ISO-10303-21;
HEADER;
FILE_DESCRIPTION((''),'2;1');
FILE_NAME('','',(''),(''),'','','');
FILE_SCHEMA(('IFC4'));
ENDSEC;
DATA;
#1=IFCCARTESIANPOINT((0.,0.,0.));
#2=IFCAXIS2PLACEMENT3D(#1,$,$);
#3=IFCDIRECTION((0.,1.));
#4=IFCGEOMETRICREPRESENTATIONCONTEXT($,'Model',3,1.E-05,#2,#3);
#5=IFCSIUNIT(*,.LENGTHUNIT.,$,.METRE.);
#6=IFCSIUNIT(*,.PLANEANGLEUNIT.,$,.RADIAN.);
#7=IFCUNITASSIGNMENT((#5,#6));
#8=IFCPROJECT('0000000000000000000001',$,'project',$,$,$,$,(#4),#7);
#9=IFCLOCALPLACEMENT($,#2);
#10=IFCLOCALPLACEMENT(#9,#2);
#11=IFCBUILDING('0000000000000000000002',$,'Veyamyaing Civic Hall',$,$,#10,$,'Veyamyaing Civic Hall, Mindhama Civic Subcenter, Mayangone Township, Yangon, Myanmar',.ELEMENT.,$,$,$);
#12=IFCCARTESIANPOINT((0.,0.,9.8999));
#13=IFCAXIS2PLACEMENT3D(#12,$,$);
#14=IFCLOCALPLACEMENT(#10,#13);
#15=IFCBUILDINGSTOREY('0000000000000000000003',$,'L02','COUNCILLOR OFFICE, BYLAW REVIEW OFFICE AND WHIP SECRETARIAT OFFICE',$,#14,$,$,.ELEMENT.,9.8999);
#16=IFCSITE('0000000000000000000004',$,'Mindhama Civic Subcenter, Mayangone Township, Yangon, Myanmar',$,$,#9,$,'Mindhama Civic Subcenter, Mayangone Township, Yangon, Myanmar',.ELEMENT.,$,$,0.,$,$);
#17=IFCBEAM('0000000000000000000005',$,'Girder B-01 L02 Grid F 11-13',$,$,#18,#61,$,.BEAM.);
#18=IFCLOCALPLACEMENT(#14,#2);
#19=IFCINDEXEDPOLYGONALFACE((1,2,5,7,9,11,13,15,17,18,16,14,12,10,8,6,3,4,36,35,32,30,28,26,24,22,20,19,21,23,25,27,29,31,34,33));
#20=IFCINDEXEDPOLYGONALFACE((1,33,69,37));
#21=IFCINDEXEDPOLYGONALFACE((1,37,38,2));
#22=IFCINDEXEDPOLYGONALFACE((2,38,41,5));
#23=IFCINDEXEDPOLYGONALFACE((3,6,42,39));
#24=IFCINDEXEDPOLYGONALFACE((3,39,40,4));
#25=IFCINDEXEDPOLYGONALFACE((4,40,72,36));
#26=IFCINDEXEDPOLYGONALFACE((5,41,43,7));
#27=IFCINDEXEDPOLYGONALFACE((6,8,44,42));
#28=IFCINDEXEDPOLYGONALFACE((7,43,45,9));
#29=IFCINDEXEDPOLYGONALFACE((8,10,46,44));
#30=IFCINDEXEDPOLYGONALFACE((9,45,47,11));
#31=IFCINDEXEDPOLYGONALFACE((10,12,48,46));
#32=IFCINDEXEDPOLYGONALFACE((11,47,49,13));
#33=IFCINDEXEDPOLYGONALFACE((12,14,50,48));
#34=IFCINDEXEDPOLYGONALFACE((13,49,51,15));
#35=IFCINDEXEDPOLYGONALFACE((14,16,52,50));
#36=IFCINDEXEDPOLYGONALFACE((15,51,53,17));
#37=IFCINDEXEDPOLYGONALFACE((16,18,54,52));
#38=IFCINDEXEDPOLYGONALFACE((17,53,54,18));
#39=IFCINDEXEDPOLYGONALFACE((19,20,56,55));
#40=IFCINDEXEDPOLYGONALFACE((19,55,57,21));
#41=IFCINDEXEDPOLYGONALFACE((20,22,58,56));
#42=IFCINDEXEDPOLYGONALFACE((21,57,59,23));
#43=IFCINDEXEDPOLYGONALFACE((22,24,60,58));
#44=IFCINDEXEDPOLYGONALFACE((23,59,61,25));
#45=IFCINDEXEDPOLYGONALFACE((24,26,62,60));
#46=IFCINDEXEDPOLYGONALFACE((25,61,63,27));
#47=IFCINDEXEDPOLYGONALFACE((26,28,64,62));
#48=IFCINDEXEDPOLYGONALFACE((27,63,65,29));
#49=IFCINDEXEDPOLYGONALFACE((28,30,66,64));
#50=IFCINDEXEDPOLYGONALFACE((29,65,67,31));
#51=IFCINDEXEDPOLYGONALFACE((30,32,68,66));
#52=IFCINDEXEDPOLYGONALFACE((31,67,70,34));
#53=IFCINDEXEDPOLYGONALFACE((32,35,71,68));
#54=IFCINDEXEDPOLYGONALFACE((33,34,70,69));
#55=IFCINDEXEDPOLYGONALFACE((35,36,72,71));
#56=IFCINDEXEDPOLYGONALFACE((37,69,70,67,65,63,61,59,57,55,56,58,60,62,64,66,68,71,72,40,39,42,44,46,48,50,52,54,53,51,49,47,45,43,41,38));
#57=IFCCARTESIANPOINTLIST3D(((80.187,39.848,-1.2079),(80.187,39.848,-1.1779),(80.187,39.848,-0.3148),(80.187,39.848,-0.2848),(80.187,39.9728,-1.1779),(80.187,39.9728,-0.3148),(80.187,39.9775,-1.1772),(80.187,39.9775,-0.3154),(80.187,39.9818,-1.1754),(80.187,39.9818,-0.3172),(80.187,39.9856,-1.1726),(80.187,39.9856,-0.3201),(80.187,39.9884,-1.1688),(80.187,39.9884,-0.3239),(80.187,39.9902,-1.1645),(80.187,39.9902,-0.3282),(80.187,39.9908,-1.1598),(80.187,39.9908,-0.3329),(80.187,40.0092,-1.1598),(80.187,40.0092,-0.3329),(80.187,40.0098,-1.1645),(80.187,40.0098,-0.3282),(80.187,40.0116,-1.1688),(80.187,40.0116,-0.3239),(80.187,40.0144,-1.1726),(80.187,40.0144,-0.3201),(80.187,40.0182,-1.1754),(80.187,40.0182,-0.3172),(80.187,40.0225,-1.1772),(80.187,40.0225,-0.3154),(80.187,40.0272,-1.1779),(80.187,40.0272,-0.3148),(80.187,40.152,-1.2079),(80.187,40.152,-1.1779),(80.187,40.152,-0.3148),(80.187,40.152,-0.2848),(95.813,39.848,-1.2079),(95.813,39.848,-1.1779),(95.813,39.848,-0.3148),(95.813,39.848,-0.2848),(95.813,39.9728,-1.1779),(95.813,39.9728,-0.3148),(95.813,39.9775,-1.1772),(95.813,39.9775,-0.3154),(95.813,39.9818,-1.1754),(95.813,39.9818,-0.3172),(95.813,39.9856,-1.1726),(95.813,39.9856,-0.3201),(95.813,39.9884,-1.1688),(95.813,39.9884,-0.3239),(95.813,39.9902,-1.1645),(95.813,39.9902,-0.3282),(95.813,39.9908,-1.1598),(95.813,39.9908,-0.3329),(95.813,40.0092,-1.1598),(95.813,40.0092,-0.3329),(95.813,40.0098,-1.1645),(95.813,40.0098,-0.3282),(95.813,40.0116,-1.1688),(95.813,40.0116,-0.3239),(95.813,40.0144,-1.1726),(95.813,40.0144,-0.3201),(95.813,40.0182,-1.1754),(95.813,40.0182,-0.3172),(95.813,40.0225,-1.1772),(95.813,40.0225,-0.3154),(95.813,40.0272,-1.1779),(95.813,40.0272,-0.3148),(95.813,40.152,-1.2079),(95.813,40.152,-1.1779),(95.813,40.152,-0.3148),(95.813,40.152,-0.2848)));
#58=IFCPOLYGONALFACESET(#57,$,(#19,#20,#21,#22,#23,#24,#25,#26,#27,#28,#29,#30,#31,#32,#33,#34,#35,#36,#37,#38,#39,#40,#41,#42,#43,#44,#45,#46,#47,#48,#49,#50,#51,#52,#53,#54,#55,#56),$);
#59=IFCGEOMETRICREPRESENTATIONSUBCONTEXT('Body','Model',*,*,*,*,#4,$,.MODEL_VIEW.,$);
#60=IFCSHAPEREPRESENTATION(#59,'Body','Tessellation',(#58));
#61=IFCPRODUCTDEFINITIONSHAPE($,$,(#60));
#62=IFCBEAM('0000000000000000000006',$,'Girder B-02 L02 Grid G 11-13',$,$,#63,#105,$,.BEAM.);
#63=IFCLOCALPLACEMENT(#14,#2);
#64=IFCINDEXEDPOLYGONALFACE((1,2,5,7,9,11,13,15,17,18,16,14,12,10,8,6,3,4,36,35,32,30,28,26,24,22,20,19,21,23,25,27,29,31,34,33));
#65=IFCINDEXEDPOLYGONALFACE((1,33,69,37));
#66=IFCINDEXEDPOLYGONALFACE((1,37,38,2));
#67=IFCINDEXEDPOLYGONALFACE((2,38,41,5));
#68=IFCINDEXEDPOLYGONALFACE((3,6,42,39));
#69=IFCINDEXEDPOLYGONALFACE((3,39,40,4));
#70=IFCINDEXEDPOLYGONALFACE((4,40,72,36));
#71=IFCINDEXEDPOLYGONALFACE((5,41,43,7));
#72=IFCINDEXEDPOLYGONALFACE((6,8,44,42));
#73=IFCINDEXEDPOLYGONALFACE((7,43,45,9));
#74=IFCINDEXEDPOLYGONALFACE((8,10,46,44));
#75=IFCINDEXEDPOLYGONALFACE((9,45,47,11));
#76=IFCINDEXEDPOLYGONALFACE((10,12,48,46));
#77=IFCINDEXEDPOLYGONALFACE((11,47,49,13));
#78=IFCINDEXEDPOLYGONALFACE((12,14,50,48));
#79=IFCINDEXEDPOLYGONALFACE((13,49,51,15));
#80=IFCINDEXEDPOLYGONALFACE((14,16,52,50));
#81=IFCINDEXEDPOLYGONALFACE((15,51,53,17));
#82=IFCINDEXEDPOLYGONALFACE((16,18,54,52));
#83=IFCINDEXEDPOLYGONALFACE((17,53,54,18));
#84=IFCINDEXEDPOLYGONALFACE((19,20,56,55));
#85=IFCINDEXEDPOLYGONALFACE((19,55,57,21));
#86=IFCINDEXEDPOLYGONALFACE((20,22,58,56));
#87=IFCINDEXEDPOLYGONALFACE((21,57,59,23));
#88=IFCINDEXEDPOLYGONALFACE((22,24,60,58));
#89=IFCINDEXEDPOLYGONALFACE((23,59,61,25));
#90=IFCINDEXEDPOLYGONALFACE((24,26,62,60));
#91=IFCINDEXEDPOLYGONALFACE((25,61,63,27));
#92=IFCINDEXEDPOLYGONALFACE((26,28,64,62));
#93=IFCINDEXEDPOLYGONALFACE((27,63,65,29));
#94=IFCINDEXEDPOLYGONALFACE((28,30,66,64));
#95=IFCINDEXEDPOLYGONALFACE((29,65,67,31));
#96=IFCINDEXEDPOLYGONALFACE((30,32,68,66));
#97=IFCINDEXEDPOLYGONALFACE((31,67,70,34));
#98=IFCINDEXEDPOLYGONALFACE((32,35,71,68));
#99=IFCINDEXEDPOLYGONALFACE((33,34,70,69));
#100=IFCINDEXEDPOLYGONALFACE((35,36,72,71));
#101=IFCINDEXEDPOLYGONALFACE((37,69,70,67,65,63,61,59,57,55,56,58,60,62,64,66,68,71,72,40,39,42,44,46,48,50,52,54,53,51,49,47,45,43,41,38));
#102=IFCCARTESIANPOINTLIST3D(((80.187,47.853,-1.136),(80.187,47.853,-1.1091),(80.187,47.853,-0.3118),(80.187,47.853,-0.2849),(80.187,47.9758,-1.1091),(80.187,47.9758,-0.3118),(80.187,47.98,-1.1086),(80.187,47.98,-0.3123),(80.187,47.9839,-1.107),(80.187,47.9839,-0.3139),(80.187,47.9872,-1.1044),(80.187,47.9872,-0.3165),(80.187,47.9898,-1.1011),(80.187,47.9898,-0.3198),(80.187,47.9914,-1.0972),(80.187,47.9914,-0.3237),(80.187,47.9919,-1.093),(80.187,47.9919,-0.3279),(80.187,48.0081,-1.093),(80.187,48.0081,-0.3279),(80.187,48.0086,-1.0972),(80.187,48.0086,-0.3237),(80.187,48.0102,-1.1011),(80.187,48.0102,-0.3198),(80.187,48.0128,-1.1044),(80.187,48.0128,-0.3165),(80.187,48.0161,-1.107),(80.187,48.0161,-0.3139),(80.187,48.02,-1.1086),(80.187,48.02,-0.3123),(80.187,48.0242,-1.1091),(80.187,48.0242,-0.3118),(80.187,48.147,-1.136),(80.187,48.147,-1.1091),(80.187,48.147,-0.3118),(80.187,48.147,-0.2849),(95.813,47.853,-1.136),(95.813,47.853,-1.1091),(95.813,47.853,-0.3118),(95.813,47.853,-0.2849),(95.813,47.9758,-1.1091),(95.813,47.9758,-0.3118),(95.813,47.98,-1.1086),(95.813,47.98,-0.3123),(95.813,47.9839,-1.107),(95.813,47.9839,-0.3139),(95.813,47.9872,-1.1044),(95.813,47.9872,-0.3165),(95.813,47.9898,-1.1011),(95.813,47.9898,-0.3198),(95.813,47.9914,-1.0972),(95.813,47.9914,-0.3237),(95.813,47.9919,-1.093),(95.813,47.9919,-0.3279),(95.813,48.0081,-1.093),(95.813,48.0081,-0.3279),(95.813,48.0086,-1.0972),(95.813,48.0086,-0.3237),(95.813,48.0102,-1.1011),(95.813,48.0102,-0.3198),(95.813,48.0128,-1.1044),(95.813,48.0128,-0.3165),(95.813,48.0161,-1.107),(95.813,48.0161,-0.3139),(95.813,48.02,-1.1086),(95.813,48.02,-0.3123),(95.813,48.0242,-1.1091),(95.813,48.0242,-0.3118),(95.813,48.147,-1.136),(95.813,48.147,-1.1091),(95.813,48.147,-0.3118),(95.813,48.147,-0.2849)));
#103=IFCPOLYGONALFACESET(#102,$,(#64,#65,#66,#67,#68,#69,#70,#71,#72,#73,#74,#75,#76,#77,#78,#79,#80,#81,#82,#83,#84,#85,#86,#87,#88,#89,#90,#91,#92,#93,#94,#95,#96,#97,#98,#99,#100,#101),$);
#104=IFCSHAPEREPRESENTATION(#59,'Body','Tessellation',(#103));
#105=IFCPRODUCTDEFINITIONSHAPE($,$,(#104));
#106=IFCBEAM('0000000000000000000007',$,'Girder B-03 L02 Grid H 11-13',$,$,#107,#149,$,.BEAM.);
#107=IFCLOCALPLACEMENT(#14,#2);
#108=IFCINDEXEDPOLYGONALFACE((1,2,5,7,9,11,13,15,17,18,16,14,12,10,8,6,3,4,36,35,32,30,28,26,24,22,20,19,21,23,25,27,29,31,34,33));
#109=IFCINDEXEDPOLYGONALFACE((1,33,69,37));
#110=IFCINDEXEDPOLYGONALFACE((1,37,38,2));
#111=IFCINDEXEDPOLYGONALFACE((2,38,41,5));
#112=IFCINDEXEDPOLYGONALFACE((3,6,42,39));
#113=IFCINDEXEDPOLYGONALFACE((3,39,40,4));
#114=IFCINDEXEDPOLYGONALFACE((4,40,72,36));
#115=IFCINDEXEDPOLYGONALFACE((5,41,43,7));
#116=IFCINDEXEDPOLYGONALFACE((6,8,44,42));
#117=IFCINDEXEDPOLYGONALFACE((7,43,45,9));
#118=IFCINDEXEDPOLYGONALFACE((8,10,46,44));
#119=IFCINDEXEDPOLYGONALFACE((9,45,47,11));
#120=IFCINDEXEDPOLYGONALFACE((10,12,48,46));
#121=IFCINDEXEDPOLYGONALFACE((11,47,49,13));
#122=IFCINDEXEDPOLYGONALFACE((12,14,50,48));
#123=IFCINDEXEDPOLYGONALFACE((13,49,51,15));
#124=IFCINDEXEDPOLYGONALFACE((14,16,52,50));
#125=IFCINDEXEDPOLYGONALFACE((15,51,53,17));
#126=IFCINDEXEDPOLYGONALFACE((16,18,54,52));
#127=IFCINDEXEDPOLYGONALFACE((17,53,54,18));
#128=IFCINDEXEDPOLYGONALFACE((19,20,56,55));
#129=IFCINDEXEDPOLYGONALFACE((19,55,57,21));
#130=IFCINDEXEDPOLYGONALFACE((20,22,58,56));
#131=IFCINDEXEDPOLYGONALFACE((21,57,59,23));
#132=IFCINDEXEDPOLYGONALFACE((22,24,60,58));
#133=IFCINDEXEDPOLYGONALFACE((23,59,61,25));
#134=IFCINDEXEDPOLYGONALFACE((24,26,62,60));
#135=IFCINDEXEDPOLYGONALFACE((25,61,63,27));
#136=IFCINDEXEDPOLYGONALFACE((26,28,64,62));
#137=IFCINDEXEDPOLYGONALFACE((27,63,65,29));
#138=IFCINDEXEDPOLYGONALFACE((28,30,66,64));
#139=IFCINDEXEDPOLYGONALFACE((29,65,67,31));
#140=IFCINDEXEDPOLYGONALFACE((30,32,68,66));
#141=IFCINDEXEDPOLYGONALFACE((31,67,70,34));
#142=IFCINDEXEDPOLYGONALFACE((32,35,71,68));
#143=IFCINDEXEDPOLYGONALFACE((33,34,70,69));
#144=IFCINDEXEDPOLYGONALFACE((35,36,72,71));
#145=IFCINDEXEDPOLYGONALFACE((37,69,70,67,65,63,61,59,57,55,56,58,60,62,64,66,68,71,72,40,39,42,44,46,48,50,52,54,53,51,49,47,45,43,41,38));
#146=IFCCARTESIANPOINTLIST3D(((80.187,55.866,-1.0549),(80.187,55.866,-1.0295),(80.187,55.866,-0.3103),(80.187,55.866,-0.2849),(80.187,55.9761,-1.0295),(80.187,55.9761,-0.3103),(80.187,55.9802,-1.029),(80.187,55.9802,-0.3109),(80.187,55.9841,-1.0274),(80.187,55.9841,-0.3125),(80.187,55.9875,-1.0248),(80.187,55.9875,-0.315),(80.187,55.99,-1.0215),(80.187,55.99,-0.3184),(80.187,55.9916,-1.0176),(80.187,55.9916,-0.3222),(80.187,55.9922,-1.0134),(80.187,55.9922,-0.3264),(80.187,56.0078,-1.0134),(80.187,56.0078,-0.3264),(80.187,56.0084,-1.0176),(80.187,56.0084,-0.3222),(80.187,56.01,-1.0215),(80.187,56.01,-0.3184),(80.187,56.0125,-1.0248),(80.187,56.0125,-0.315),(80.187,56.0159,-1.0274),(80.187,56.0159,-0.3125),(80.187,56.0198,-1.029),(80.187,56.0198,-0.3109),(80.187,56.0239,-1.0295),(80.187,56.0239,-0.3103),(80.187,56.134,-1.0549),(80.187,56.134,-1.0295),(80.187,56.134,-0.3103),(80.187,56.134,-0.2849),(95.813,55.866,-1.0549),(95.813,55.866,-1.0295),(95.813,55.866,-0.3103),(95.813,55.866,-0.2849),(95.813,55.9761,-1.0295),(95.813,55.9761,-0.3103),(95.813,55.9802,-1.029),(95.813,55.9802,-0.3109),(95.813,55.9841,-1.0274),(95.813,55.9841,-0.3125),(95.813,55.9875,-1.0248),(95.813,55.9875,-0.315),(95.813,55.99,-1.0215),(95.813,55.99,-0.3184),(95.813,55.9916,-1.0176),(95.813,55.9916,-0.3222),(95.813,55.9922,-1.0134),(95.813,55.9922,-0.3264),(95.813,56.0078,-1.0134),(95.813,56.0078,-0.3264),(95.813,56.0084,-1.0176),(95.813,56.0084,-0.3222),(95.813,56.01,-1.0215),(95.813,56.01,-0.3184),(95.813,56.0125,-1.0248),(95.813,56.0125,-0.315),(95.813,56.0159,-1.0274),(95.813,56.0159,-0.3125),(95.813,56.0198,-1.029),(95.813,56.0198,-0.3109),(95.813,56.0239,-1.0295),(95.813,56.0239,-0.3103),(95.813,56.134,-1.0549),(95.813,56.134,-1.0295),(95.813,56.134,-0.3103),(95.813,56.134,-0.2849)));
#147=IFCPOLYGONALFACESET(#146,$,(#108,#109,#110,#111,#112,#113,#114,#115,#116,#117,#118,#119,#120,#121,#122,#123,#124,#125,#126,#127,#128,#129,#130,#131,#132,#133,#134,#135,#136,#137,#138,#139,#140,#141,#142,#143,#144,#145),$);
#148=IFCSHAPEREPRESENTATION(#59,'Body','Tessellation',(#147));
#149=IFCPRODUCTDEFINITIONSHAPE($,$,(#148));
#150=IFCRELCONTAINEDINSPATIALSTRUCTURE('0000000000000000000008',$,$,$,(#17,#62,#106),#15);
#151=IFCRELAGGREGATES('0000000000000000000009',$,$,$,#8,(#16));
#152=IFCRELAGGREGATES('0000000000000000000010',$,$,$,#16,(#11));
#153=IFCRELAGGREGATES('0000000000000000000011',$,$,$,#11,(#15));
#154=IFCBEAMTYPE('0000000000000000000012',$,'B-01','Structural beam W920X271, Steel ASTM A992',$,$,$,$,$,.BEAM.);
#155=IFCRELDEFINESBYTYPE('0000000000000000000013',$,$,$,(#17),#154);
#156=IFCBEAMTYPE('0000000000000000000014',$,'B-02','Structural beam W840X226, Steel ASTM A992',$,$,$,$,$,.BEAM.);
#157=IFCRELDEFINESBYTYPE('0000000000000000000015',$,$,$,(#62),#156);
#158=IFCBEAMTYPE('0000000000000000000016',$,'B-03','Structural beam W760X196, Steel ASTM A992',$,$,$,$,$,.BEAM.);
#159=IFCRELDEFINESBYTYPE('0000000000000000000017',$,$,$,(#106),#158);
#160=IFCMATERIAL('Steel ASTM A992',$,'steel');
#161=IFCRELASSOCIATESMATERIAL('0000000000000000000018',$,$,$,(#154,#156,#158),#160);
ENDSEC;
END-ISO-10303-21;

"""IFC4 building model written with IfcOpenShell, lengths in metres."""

from ifc_helpers import new_model, si_unit, direction, frame, origin, origin_2d, place, context, subcontext, project, spatial, i_section, extrude, material, material_profile, profile_set, type_object, element, save


model = new_model("IFC4")

# Units and contexts
model_context = context("Model", 3, precision=1e-05, world=origin(), true_north=direction((0.0, 1.0)))
body_context = subcontext(model_context, "Body", "Model", "MODEL_VIEW")
ifc_project = project(units=[si_unit("LENGTHUNIT", "METRE"), si_unit("PLANEANGLEUNIT", "RADIAN")], contexts=[model_context])

# Site, building, storey
site_placement = place(None, origin())
site = spatial("IfcSite", under=ifc_project, at=site_placement, Name="Mindhama Civic Subcenter, Mayangone Township, Yangon, Myanmar", LongName="Mindhama Civic Subcenter, Mayangone Township, Yangon, Myanmar", CompositionType="ELEMENT", RefElevation=0.0)
building_placement = place(site_placement, origin())
building = spatial("IfcBuilding", under=site, at=building_placement, Name="Veyamyaing Civic Hall", LongName="Veyamyaing Civic Hall, Mindhama Civic Subcenter, Mayangone Township, Yangon, Myanmar", CompositionType="ELEMENT")
storey_placement = place(building_placement, frame((0.0, 0.0, 9.8999)))
storey = spatial("IfcBuildingStorey", under=building, at=storey_placement, Name="L02", Description="COUNCILLOR OFFICE, BYLAW REVIEW OFFICE AND WHIP SECRETARIAT OFFICE", CompositionType="ELEMENT", Elevation=9.8999)

# Beams
ifc_material_1 = material(Name="Steel ASTM A992", Category="steel")
ifc_material_profile_1 = material_profile(ifc_material_1, i_section(OverallWidth=0.304, OverallDepth=0.9231, WebThickness=0.0183, FlangeThickness=0.03, FilletRadius=0.0181, at=origin_2d()), Name="W920X271")
ifc_profile_set_1 = profile_set([ifc_material_profile_1], Name="Steel ASTM A992")
beam_type_1 = type_object("IfcBeamType", Name="B-01", Description="Structural beam W920X271, Steel ASTM A992", PredefinedType="BEAM", material=ifc_profile_set_1)
beam_1_placement = place(storey_placement, frame((80.187, 40.0, -0.7463), z_axis=(1.0, 0.0, 0.0), x_axis=(0.0, 1.0, 0.0)))
element("IfcBeam", 1, at=beam_1_placement, inside=storey, type_object=beam_type_1, Name="Girder B-01 L02 Grid F 11-13", PredefinedType="BEAM", context=body_context, shape_type="SweptSolid", body=[
    extrude(i_section(OverallWidth=0.304, OverallDepth=0.9231, WebThickness=0.0183, FlangeThickness=0.03, FilletRadius=0.0181, at=origin_2d()), origin(), (0.0, 0.0, 1.0), 15.626),
])
ifc_material_profile_2 = material_profile(ifc_material_1, i_section(OverallWidth=0.2939, OverallDepth=0.8511, WebThickness=0.0161, FlangeThickness=0.0269, FilletRadius=0.0161, at=origin_2d()), Name="W840X226")
ifc_profile_set_2 = profile_set([ifc_material_profile_2], Name="Steel ASTM A992")
beam_type_2 = type_object("IfcBeamType", Name="B-02", Description="Structural beam W840X226, Steel ASTM A992", PredefinedType="BEAM", material=ifc_profile_set_2)
beam_2_placement = place(storey_placement, frame((80.187, 48.0, -0.7104), z_axis=(1.0, 0.0, 0.0), x_axis=(0.0, 1.0, 0.0)))
element("IfcBeam", 2, at=beam_2_placement, inside=storey, type_object=beam_type_2, Name="Girder B-02 L02 Grid G 11-13", PredefinedType="BEAM", context=body_context, shape_type="SweptSolid", body=[
    extrude(i_section(OverallWidth=0.2939, OverallDepth=0.8511, WebThickness=0.0161, FlangeThickness=0.0269, FilletRadius=0.0161, at=origin_2d()), origin(), (0.0, 0.0, 1.0), 15.626),
])
ifc_material_profile_3 = material_profile(ifc_material_1, i_section(OverallWidth=0.2681, OverallDepth=0.77, WebThickness=0.0156, FlangeThickness=0.0254, FilletRadius=0.0161, at=origin_2d()), Name="W760X196")
ifc_profile_set_3 = profile_set([ifc_material_profile_3], Name="Steel ASTM A992")
beam_type_3 = type_object("IfcBeamType", Name="B-03", Description="Structural beam W760X196, Steel ASTM A992", PredefinedType="BEAM", material=ifc_profile_set_3)
beam_3_placement = place(storey_placement, frame((80.187, 56.0, -0.6699), z_axis=(1.0, 0.0, 0.0), x_axis=(0.0, 1.0, 0.0)))
element("IfcBeam", 3, at=beam_3_placement, inside=storey, type_object=beam_type_3, Name="Girder B-03 L02 Grid H 11-13", PredefinedType="BEAM", context=body_context, shape_type="SweptSolid", body=[
    extrude(i_section(OverallWidth=0.2681, OverallDepth=0.77, WebThickness=0.0156, FlangeThickness=0.0254, FilletRadius=0.0161, at=origin_2d()), origin(), (0.0, 0.0, 1.0), 15.626),
])

save(model, "model.ifc")
